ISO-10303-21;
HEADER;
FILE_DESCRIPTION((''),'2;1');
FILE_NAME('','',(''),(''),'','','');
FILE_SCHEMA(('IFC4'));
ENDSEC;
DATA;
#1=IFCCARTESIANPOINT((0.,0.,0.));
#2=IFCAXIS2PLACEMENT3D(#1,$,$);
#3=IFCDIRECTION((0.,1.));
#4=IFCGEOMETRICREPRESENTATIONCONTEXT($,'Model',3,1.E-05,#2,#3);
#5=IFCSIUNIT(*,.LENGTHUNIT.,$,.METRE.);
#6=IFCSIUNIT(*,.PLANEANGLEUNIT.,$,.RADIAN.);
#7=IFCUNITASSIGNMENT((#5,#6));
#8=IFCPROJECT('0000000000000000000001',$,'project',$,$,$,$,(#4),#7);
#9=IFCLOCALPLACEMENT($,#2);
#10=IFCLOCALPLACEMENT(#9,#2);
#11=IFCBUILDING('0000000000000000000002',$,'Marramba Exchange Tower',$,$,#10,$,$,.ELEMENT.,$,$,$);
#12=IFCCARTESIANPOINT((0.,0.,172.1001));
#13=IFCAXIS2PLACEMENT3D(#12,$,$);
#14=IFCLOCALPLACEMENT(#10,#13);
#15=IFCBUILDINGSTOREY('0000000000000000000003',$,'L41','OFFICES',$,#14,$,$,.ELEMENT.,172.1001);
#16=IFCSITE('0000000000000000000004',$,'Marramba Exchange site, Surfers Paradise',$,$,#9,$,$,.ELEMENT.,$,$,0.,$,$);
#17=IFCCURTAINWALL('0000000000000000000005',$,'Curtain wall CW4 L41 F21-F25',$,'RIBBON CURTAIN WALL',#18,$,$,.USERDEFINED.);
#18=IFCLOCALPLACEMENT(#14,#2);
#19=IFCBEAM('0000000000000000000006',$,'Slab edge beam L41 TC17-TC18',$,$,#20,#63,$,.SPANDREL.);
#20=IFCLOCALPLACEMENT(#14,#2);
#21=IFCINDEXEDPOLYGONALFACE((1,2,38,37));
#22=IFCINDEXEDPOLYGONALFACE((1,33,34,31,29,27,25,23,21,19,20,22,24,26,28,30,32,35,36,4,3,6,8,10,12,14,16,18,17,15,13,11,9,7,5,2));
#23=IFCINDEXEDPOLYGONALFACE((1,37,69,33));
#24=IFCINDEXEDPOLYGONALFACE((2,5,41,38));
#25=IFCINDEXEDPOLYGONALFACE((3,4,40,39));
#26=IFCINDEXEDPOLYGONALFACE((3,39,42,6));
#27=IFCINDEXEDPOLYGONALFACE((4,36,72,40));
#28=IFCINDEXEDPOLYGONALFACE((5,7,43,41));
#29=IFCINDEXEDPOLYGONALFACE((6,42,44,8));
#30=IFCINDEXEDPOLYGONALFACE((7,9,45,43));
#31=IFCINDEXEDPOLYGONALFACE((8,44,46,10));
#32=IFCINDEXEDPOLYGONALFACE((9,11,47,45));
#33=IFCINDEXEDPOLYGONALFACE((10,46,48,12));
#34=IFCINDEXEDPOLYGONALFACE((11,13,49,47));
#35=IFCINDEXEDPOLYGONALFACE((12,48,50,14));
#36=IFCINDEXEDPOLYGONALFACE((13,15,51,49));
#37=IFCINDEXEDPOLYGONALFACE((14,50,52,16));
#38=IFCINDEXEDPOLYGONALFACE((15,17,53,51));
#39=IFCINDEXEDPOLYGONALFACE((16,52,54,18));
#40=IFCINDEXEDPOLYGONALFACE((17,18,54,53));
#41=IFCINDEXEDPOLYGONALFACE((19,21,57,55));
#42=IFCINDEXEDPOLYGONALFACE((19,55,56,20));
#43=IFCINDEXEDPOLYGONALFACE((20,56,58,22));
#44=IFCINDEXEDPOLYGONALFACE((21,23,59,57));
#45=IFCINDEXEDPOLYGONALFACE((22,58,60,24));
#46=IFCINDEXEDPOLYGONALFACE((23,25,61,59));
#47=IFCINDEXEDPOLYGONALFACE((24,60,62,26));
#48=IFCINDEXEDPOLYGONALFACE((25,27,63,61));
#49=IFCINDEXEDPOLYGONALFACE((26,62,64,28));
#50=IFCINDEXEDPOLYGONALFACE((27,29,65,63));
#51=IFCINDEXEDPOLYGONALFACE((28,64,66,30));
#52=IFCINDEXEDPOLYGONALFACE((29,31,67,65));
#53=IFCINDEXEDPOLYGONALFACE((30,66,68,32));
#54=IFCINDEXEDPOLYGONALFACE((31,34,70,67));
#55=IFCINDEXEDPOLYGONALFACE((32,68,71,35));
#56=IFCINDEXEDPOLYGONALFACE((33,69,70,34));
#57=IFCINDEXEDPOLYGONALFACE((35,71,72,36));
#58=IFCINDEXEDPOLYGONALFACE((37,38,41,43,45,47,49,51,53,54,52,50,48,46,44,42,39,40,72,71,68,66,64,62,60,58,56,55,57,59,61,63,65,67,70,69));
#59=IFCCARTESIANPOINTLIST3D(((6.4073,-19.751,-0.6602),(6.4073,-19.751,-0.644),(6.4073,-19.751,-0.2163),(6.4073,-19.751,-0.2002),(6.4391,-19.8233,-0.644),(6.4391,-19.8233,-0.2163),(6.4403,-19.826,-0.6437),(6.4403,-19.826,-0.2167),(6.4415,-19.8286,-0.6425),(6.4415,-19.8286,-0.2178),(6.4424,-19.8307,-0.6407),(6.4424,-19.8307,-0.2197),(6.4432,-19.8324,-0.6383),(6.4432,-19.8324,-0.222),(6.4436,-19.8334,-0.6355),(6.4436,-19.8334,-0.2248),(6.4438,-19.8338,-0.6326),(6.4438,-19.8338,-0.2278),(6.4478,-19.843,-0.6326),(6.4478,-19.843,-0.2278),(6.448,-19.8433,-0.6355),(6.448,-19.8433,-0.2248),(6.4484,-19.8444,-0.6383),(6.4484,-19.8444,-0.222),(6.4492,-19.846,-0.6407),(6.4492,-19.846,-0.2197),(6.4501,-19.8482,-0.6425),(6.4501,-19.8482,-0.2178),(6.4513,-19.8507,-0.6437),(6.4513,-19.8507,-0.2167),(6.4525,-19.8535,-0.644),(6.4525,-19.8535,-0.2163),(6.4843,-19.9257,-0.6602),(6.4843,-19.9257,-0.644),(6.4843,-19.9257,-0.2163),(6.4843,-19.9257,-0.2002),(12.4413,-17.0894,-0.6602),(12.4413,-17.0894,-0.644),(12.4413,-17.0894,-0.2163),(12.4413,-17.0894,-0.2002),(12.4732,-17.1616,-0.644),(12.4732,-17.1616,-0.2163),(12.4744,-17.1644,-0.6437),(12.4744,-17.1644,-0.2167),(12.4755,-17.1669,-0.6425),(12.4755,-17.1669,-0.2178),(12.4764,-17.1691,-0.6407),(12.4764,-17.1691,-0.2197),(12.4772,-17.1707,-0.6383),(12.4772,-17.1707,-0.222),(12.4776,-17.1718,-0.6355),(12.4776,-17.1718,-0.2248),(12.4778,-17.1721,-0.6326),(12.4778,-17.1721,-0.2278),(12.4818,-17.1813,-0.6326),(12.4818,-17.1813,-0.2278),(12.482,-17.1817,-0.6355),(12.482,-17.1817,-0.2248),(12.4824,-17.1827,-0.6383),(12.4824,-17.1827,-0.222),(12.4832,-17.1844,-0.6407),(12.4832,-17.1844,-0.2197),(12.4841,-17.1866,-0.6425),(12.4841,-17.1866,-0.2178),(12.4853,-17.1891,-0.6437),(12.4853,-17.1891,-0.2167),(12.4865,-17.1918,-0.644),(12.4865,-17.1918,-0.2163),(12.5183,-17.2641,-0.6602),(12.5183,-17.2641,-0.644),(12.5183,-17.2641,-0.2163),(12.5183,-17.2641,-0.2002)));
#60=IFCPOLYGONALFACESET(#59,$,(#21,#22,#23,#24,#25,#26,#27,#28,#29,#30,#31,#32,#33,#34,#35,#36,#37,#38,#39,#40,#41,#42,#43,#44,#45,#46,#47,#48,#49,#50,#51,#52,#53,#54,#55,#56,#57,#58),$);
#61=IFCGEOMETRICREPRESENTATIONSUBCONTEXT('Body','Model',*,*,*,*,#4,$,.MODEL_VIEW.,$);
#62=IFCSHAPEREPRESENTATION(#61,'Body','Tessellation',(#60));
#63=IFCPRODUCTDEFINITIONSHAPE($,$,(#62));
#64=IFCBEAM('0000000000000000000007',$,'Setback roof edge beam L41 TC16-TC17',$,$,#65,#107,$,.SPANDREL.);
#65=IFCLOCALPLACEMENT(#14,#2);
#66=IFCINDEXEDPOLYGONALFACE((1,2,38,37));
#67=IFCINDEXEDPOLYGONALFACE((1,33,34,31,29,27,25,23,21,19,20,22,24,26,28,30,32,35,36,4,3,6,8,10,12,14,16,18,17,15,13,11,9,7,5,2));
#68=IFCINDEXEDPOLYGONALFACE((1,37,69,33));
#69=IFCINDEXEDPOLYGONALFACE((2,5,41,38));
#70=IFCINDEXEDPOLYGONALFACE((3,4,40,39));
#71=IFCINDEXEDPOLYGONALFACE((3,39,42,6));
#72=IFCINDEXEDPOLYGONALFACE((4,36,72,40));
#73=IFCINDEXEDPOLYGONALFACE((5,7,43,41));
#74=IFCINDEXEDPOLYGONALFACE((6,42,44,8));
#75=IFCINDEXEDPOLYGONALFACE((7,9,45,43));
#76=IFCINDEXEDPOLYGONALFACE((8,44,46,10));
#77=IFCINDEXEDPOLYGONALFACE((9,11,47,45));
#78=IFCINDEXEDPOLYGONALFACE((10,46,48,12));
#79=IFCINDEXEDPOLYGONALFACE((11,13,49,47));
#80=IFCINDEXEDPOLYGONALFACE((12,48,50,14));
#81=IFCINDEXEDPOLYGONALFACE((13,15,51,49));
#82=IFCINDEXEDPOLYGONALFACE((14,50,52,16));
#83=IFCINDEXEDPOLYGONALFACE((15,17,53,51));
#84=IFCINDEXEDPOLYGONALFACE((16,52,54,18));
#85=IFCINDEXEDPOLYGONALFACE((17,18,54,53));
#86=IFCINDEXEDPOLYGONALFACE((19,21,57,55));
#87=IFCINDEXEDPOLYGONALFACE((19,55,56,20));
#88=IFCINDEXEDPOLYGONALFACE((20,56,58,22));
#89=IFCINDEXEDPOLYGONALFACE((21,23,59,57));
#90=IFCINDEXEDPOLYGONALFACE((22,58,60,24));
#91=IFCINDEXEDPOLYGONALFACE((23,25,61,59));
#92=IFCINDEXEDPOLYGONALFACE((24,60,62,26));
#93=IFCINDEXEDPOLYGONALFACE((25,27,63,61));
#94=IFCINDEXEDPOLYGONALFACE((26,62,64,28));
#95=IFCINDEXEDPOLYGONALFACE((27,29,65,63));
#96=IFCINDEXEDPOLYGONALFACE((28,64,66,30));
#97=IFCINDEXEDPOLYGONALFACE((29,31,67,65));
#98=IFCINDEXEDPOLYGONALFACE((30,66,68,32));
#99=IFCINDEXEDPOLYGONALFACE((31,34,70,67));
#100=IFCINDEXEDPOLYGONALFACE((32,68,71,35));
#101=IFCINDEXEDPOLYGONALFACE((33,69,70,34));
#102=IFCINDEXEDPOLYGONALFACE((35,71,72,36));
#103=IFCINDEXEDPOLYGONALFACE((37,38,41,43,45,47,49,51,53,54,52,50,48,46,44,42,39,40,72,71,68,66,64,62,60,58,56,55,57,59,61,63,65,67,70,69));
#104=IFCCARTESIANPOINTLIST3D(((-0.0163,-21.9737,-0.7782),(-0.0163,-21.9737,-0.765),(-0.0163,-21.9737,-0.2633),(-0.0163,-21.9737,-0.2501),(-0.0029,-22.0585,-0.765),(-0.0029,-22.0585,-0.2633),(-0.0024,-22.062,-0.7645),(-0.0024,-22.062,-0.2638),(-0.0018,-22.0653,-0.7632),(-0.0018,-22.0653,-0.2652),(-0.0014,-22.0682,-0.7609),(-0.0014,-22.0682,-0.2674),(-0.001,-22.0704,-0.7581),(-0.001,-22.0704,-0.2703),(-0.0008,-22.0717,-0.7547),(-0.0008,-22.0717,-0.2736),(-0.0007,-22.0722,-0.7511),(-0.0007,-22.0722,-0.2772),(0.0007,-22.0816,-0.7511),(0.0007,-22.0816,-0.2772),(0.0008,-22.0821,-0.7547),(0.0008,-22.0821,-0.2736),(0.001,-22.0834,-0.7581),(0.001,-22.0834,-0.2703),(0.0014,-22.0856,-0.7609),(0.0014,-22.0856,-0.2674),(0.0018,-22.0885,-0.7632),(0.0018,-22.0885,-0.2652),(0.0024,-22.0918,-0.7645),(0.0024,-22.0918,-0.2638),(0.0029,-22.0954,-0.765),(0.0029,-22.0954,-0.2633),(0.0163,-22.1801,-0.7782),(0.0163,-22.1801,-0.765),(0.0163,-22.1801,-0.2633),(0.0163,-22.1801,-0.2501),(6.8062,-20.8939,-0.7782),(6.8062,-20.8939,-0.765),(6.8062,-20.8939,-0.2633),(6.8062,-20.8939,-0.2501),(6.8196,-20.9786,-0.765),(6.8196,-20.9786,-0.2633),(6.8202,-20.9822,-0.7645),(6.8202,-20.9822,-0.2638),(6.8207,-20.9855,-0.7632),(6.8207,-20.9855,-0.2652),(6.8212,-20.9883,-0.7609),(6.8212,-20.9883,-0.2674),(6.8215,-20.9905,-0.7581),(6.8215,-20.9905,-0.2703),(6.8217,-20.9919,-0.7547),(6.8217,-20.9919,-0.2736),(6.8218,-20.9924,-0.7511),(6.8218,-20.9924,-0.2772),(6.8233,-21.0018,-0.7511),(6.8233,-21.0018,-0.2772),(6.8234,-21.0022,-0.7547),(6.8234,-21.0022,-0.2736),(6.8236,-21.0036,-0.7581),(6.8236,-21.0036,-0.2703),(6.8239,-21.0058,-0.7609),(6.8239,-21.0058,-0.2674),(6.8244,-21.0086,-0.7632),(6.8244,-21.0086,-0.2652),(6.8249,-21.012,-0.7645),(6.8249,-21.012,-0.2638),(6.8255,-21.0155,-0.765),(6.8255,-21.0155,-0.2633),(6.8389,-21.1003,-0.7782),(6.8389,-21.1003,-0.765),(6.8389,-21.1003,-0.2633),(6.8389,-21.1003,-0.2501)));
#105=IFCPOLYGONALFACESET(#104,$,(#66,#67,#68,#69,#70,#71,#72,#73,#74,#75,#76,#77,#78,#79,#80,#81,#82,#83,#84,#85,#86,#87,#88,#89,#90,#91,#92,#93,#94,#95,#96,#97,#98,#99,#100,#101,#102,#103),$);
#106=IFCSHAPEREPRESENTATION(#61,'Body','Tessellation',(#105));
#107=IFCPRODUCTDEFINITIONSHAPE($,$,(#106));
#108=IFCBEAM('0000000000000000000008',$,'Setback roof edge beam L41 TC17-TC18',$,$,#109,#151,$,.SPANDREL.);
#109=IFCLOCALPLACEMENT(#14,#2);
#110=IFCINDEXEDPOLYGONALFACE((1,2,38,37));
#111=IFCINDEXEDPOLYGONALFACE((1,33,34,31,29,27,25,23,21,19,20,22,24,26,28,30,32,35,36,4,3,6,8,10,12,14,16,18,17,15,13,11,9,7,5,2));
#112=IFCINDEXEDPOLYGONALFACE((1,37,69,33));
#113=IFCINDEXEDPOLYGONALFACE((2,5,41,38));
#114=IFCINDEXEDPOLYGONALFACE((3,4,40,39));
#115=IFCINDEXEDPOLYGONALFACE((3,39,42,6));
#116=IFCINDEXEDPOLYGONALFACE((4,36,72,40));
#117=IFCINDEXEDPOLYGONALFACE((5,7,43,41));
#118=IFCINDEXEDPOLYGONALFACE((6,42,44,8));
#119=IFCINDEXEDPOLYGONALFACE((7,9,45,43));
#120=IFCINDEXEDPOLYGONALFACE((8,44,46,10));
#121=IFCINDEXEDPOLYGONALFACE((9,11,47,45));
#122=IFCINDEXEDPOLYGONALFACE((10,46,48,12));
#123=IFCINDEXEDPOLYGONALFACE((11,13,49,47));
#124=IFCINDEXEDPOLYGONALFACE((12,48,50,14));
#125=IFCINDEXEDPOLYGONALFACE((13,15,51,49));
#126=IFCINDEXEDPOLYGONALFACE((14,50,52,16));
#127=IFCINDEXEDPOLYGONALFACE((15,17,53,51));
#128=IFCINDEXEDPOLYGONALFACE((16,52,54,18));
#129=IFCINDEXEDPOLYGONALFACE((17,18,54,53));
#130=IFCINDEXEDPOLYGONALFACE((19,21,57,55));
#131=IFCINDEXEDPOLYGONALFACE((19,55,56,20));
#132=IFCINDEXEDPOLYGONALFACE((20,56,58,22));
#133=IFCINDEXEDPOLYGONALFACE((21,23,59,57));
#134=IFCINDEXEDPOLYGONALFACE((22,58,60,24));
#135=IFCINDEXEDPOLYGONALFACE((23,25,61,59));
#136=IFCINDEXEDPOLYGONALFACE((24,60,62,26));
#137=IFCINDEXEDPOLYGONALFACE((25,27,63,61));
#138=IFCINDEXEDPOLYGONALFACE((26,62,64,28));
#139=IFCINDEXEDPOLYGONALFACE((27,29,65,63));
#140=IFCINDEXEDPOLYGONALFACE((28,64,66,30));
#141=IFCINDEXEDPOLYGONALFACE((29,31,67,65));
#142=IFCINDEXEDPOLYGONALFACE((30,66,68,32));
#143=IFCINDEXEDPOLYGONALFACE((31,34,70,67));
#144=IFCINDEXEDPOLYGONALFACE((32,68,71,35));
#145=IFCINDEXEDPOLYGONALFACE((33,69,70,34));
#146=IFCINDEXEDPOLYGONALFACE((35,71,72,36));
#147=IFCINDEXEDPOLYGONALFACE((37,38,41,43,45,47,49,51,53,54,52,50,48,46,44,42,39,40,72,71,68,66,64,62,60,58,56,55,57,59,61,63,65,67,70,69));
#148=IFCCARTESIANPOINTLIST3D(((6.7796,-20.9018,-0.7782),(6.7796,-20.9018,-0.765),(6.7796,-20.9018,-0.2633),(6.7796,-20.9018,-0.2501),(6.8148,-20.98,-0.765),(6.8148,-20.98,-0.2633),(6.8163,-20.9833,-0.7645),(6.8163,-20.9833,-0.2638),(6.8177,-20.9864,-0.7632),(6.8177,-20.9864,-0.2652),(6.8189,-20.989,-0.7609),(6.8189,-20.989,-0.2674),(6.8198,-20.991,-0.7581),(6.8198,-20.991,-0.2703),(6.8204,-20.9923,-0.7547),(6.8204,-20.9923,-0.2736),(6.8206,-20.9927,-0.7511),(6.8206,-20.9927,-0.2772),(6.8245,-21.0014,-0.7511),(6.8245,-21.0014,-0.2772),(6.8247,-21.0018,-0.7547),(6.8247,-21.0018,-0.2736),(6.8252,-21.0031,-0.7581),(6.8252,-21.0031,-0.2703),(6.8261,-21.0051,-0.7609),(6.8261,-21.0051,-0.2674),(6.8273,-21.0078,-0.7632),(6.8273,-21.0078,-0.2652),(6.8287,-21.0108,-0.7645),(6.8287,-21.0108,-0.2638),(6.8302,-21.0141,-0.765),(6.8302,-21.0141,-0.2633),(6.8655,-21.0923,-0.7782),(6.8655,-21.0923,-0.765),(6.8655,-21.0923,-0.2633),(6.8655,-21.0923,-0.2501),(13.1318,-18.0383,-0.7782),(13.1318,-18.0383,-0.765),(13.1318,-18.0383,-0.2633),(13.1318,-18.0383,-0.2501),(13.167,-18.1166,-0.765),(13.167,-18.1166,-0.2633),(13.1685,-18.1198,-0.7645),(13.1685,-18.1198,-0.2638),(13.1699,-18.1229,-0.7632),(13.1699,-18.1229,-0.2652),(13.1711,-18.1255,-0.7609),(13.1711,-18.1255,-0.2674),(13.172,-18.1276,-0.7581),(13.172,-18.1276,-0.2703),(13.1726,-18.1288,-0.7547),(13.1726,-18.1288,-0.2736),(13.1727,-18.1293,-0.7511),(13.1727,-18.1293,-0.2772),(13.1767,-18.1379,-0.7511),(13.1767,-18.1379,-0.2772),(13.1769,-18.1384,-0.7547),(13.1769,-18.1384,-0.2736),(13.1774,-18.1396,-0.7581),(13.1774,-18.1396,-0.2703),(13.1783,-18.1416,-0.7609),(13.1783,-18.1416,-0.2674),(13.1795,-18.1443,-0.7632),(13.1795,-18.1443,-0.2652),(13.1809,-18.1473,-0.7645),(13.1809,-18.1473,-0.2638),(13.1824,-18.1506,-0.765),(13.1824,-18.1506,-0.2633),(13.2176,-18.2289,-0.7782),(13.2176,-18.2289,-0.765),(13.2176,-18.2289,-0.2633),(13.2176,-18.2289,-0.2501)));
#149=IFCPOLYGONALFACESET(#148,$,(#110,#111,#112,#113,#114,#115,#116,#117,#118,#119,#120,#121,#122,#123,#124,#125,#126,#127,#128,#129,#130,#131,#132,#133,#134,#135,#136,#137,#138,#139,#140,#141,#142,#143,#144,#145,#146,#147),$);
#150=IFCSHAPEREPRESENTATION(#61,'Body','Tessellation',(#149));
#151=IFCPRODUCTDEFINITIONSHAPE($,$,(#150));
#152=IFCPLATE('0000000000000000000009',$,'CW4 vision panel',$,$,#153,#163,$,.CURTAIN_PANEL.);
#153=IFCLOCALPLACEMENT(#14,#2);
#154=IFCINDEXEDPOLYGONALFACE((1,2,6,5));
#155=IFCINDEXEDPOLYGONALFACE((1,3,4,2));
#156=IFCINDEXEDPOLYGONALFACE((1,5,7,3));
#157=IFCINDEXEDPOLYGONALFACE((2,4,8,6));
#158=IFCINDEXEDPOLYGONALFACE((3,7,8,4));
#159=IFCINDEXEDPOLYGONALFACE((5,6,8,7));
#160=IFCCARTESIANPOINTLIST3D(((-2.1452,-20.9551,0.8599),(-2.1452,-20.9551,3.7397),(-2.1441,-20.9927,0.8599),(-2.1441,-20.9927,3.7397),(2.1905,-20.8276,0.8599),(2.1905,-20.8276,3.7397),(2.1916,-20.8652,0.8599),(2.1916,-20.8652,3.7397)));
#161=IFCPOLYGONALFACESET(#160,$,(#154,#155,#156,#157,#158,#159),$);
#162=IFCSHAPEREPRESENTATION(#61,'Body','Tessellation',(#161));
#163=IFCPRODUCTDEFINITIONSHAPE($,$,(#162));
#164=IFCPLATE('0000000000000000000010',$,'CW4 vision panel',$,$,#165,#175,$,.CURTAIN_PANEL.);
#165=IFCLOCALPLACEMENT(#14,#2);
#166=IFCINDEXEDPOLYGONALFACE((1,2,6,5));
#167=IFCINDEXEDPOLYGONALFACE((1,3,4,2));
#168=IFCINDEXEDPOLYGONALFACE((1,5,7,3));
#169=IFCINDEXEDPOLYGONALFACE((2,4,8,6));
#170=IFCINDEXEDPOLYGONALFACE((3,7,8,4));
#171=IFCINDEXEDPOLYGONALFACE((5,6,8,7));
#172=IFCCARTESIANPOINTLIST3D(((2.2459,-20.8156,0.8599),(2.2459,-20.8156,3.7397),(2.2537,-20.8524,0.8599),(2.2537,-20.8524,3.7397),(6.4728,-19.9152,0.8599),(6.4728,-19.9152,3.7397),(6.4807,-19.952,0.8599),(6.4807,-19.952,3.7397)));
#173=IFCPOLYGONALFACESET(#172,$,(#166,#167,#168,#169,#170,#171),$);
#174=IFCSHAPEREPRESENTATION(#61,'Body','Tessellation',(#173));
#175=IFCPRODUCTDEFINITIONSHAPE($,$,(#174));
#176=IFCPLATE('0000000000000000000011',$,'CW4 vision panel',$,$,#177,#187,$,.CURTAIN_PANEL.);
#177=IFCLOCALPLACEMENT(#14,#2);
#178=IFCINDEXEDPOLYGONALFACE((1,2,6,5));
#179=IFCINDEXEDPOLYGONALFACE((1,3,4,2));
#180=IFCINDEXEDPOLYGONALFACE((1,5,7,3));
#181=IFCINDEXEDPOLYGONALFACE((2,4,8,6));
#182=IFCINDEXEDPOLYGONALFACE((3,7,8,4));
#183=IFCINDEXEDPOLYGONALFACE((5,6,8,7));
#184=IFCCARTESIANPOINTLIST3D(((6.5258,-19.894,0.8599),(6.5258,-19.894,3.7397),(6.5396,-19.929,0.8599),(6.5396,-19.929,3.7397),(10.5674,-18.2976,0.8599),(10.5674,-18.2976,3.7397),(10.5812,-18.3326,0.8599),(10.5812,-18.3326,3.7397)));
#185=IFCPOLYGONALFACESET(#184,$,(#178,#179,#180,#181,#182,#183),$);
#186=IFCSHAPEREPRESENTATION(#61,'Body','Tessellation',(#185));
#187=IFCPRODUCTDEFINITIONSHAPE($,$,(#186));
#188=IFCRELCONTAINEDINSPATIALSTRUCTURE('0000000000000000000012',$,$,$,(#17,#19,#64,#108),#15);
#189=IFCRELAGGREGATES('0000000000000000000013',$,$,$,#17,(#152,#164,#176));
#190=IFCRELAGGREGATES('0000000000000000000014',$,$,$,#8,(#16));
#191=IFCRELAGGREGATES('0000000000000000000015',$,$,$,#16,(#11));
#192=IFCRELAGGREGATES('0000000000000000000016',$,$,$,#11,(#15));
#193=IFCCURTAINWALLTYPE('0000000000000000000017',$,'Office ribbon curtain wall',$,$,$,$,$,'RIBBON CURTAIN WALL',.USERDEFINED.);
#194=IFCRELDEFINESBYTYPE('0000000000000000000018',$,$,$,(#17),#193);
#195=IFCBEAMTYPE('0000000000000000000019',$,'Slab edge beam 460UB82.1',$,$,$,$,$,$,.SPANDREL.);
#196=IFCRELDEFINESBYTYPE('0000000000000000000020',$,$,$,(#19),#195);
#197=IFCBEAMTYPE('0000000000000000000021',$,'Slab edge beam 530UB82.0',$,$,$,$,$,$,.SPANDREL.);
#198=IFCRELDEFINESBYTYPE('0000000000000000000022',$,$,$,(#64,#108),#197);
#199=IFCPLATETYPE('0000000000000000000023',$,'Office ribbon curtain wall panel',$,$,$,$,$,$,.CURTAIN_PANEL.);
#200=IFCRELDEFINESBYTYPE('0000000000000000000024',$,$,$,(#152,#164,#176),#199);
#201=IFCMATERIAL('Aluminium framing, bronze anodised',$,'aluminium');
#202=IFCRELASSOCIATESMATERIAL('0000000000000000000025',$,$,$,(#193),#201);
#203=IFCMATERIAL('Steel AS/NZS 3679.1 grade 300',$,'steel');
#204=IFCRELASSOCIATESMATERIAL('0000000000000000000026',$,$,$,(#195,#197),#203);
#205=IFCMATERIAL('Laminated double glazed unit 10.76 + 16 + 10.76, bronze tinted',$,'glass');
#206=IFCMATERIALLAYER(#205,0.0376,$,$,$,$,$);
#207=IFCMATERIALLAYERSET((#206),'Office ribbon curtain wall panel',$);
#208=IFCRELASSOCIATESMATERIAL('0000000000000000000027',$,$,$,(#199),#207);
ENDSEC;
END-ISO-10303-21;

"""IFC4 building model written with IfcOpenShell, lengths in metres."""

from ifc_helpers import new_model, si_unit, direction, frame, origin, origin_2d, place, context, subcontext, project, spatial, rectangle, i_section, extrude, material, layer, layer_set, material_profile, profile_set, type_object, element, aggregate, save


model = new_model("IFC4")

# Units and contexts
model_context = context("Model", 3, precision=1e-05, world=origin(), true_north=direction((0.0, 1.0)))
body_context = subcontext(model_context, "Body", "Model", "MODEL_VIEW")
ifc_project = project(units=[si_unit("LENGTHUNIT", "METRE"), si_unit("PLANEANGLEUNIT", "RADIAN")], contexts=[model_context])

# Site, building, storey
site_placement = place(None, origin())
site = spatial("IfcSite", under=ifc_project, at=site_placement, Name="Marramba Exchange site, Surfers Paradise", CompositionType="ELEMENT", RefElevation=0.0)
building_placement = place(site_placement, origin())
building = spatial("IfcBuilding", under=site, at=building_placement, Name="Marramba Exchange Tower", CompositionType="ELEMENT")
storey_placement = place(building_placement, frame((0.0, 0.0, 172.1001)))
storey = spatial("IfcBuildingStorey", under=building, at=storey_placement, Name="L41", Description="OFFICES", CompositionType="ELEMENT", Elevation=172.1001)

# Shared definitions
ifc_material_1 = material(Name="Steel AS/NZS 3679.1 grade 300", Category="steel")

# Curtain wall
ifc_material_2 = material(Name="Aluminium framing, bronze anodised", Category="aluminium")
curtain_wall_type = type_object("IfcCurtainWallType", Name="Office ribbon curtain wall", ElementType="RIBBON CURTAIN WALL", PredefinedType="USERDEFINED", material=ifc_material_2)
curtain_wall_1_placement = place(storey_placement, origin())
curtain_wall_1 = element("IfcCurtainWall", 1, at=curtain_wall_1_placement, inside=storey, type_object=curtain_wall_type, Name="Curtain wall CW4 L41 F21-F25", ObjectType="RIBBON CURTAIN WALL", PredefinedType="USERDEFINED")

# Beams
ifc_material_profile_1 = material_profile(ifc_material_1, i_section(OverallWidth=0.1909, OverallDepth=0.46, WebThickness=0.01, FlangeThickness=0.0161, FilletRadius=0.0115, at=origin_2d()), Name="460UB82.1")
ifc_profile_set_1 = profile_set([ifc_material_profile_1], Name="Steel AS/NZS 3679.1 grade 300")
beam_type_1 = type_object("IfcBeamType", Name="Slab edge beam 460UB82.1", PredefinedType="SPANDREL", material=ifc_profile_set_1)
beam_1_placement = place(storey_placement, frame((6.4458, -19.8384, -0.4302), z_axis=(0.914941, 0.403588, 0.0), x_axis=(-0.403588, 0.914941, 0.0)))
element("IfcBeam", 2, at=beam_1_placement, inside=storey, type_object=beam_type_1, Name="Slab edge beam L41 TC17-TC18", PredefinedType="SPANDREL", context=body_context, shape_type="SweptSolid", body=[
    extrude(i_section(OverallWidth=0.1909, OverallDepth=0.46, WebThickness=0.01, FlangeThickness=0.0161, FilletRadius=0.0115, at=origin_2d()), origin(), (0.0, 0.0, 1.0), 6.595),
])
ifc_material_profile_2 = material_profile(ifc_material_1, i_section(OverallWidth=0.209, OverallDepth=0.5281, WebThickness=0.0095, FlangeThickness=0.0132, FilletRadius=0.0139, at=origin_2d()), Name="530UB82.0")
ifc_profile_set_2 = profile_set([ifc_material_profile_2], Name="Steel AS/NZS 3679.1 grade 300")
beam_type_2 = type_object("IfcBeamType", Name="Slab edge beam 530UB82.0", PredefinedType="SPANDREL", material=ifc_profile_set_2)
beam_2_placement = place(storey_placement, frame((0.0, -22.0769, -0.5142), z_axis=(0.987705, 0.156329, 0.0), x_axis=(-0.156329, 0.987705, 0.0)))
element("IfcBeam", 3, at=beam_2_placement, inside=storey, type_object=beam_type_2, Name="Setback roof edge beam L41 TC16-TC17", PredefinedType="SPANDREL", context=body_context, shape_type="SweptSolid", body=[
    extrude(i_section(OverallWidth=0.209, OverallDepth=0.5281, WebThickness=0.0095, FlangeThickness=0.0132, FilletRadius=0.0139, at=origin_2d()), origin(), (0.0, 0.0, 1.0), 6.9075),
])
beam_3_placement = place(storey_placement, frame((6.8225, -20.9971, -0.5142), z_axis=(0.911653, 0.41096, 0.0), x_axis=(-0.41096, 0.911653, 0.0)))
element("IfcBeam", 4, at=beam_3_placement, inside=storey, type_object=beam_type_2, Name="Setback roof edge beam L41 TC17-TC18", PredefinedType="SPANDREL", context=body_context, shape_type="SweptSolid", body=[
    extrude(i_section(OverallWidth=0.209, OverallDepth=0.5281, WebThickness=0.0095, FlangeThickness=0.0132, FilletRadius=0.0139, at=origin_2d()), origin(), (0.0, 0.0, 1.0), 6.9678),
])

# Plates
ifc_material_3 = material(Name="Laminated double glazed unit 10.76 + 16 + 10.76, bronze tinted", Category="glass")
ifc_layer_1 = layer(ifc_material_3, 0.0376)
ifc_layer_set_1 = layer_set([ifc_layer_1], Name="Office ribbon curtain wall panel")
plate_type = type_object("IfcPlateType", Name="Office ribbon curtain wall panel", PredefinedType="CURTAIN_PANEL", material=ifc_layer_set_1)
plate_1_placement = place(storey_placement, frame((0.0232, -20.9102, 0.8599), z_axis=(0.0, 0.0, 1.0), x_axis=(0.999568, 0.029393, 0.0)))
plate_1 = element("IfcPlate", 5, at=plate_1_placement, type_object=plate_type, Name="CW4 vision panel", PredefinedType="CURTAIN_PANEL", context=body_context, shape_type="SweptSolid", body=[
    extrude(rectangle(XDim=4.3376, YDim=0.0376, at=origin_2d()), origin(), (0.0, 0.0, 1.0), 2.8799),
])
plate_2_placement = place(storey_placement, frame((4.3633, -20.3838, 0.8599), z_axis=(0.0, 0.0, 1.0), x_axis=(0.978058, 0.208332, 0.0)))
plate_2 = element("IfcPlate", 6, at=plate_2_placement, type_object=plate_type, Name="CW4 vision panel", PredefinedType="CURTAIN_PANEL", context=body_context, shape_type="SweptSolid", body=[
    extrude(rectangle(XDim=4.3218, YDim=0.0376, at=origin_2d()), origin(), (0.0, 0.0, 1.0), 2.8799),
])
plate_3_placement = place(storey_placement, frame((8.5535, -19.1133, 0.8599), z_axis=(0.0, 0.0, 1.0), x_axis=(0.930073, 0.367375, 0.0)))
plate_3 = element("IfcPlate", 7, at=plate_3_placement, type_object=plate_type, Name="CW4 vision panel", PredefinedType="CURTAIN_PANEL", context=body_context, shape_type="SweptSolid", body=[
    extrude(rectangle(XDim=4.3455, YDim=0.0376, at=origin_2d()), origin(), (0.0, 0.0, 1.0), 2.8799),
])
aggregate(curtain_wall_1, [plate_1, plate_2, plate_3])

save(model, "model.ifc")
